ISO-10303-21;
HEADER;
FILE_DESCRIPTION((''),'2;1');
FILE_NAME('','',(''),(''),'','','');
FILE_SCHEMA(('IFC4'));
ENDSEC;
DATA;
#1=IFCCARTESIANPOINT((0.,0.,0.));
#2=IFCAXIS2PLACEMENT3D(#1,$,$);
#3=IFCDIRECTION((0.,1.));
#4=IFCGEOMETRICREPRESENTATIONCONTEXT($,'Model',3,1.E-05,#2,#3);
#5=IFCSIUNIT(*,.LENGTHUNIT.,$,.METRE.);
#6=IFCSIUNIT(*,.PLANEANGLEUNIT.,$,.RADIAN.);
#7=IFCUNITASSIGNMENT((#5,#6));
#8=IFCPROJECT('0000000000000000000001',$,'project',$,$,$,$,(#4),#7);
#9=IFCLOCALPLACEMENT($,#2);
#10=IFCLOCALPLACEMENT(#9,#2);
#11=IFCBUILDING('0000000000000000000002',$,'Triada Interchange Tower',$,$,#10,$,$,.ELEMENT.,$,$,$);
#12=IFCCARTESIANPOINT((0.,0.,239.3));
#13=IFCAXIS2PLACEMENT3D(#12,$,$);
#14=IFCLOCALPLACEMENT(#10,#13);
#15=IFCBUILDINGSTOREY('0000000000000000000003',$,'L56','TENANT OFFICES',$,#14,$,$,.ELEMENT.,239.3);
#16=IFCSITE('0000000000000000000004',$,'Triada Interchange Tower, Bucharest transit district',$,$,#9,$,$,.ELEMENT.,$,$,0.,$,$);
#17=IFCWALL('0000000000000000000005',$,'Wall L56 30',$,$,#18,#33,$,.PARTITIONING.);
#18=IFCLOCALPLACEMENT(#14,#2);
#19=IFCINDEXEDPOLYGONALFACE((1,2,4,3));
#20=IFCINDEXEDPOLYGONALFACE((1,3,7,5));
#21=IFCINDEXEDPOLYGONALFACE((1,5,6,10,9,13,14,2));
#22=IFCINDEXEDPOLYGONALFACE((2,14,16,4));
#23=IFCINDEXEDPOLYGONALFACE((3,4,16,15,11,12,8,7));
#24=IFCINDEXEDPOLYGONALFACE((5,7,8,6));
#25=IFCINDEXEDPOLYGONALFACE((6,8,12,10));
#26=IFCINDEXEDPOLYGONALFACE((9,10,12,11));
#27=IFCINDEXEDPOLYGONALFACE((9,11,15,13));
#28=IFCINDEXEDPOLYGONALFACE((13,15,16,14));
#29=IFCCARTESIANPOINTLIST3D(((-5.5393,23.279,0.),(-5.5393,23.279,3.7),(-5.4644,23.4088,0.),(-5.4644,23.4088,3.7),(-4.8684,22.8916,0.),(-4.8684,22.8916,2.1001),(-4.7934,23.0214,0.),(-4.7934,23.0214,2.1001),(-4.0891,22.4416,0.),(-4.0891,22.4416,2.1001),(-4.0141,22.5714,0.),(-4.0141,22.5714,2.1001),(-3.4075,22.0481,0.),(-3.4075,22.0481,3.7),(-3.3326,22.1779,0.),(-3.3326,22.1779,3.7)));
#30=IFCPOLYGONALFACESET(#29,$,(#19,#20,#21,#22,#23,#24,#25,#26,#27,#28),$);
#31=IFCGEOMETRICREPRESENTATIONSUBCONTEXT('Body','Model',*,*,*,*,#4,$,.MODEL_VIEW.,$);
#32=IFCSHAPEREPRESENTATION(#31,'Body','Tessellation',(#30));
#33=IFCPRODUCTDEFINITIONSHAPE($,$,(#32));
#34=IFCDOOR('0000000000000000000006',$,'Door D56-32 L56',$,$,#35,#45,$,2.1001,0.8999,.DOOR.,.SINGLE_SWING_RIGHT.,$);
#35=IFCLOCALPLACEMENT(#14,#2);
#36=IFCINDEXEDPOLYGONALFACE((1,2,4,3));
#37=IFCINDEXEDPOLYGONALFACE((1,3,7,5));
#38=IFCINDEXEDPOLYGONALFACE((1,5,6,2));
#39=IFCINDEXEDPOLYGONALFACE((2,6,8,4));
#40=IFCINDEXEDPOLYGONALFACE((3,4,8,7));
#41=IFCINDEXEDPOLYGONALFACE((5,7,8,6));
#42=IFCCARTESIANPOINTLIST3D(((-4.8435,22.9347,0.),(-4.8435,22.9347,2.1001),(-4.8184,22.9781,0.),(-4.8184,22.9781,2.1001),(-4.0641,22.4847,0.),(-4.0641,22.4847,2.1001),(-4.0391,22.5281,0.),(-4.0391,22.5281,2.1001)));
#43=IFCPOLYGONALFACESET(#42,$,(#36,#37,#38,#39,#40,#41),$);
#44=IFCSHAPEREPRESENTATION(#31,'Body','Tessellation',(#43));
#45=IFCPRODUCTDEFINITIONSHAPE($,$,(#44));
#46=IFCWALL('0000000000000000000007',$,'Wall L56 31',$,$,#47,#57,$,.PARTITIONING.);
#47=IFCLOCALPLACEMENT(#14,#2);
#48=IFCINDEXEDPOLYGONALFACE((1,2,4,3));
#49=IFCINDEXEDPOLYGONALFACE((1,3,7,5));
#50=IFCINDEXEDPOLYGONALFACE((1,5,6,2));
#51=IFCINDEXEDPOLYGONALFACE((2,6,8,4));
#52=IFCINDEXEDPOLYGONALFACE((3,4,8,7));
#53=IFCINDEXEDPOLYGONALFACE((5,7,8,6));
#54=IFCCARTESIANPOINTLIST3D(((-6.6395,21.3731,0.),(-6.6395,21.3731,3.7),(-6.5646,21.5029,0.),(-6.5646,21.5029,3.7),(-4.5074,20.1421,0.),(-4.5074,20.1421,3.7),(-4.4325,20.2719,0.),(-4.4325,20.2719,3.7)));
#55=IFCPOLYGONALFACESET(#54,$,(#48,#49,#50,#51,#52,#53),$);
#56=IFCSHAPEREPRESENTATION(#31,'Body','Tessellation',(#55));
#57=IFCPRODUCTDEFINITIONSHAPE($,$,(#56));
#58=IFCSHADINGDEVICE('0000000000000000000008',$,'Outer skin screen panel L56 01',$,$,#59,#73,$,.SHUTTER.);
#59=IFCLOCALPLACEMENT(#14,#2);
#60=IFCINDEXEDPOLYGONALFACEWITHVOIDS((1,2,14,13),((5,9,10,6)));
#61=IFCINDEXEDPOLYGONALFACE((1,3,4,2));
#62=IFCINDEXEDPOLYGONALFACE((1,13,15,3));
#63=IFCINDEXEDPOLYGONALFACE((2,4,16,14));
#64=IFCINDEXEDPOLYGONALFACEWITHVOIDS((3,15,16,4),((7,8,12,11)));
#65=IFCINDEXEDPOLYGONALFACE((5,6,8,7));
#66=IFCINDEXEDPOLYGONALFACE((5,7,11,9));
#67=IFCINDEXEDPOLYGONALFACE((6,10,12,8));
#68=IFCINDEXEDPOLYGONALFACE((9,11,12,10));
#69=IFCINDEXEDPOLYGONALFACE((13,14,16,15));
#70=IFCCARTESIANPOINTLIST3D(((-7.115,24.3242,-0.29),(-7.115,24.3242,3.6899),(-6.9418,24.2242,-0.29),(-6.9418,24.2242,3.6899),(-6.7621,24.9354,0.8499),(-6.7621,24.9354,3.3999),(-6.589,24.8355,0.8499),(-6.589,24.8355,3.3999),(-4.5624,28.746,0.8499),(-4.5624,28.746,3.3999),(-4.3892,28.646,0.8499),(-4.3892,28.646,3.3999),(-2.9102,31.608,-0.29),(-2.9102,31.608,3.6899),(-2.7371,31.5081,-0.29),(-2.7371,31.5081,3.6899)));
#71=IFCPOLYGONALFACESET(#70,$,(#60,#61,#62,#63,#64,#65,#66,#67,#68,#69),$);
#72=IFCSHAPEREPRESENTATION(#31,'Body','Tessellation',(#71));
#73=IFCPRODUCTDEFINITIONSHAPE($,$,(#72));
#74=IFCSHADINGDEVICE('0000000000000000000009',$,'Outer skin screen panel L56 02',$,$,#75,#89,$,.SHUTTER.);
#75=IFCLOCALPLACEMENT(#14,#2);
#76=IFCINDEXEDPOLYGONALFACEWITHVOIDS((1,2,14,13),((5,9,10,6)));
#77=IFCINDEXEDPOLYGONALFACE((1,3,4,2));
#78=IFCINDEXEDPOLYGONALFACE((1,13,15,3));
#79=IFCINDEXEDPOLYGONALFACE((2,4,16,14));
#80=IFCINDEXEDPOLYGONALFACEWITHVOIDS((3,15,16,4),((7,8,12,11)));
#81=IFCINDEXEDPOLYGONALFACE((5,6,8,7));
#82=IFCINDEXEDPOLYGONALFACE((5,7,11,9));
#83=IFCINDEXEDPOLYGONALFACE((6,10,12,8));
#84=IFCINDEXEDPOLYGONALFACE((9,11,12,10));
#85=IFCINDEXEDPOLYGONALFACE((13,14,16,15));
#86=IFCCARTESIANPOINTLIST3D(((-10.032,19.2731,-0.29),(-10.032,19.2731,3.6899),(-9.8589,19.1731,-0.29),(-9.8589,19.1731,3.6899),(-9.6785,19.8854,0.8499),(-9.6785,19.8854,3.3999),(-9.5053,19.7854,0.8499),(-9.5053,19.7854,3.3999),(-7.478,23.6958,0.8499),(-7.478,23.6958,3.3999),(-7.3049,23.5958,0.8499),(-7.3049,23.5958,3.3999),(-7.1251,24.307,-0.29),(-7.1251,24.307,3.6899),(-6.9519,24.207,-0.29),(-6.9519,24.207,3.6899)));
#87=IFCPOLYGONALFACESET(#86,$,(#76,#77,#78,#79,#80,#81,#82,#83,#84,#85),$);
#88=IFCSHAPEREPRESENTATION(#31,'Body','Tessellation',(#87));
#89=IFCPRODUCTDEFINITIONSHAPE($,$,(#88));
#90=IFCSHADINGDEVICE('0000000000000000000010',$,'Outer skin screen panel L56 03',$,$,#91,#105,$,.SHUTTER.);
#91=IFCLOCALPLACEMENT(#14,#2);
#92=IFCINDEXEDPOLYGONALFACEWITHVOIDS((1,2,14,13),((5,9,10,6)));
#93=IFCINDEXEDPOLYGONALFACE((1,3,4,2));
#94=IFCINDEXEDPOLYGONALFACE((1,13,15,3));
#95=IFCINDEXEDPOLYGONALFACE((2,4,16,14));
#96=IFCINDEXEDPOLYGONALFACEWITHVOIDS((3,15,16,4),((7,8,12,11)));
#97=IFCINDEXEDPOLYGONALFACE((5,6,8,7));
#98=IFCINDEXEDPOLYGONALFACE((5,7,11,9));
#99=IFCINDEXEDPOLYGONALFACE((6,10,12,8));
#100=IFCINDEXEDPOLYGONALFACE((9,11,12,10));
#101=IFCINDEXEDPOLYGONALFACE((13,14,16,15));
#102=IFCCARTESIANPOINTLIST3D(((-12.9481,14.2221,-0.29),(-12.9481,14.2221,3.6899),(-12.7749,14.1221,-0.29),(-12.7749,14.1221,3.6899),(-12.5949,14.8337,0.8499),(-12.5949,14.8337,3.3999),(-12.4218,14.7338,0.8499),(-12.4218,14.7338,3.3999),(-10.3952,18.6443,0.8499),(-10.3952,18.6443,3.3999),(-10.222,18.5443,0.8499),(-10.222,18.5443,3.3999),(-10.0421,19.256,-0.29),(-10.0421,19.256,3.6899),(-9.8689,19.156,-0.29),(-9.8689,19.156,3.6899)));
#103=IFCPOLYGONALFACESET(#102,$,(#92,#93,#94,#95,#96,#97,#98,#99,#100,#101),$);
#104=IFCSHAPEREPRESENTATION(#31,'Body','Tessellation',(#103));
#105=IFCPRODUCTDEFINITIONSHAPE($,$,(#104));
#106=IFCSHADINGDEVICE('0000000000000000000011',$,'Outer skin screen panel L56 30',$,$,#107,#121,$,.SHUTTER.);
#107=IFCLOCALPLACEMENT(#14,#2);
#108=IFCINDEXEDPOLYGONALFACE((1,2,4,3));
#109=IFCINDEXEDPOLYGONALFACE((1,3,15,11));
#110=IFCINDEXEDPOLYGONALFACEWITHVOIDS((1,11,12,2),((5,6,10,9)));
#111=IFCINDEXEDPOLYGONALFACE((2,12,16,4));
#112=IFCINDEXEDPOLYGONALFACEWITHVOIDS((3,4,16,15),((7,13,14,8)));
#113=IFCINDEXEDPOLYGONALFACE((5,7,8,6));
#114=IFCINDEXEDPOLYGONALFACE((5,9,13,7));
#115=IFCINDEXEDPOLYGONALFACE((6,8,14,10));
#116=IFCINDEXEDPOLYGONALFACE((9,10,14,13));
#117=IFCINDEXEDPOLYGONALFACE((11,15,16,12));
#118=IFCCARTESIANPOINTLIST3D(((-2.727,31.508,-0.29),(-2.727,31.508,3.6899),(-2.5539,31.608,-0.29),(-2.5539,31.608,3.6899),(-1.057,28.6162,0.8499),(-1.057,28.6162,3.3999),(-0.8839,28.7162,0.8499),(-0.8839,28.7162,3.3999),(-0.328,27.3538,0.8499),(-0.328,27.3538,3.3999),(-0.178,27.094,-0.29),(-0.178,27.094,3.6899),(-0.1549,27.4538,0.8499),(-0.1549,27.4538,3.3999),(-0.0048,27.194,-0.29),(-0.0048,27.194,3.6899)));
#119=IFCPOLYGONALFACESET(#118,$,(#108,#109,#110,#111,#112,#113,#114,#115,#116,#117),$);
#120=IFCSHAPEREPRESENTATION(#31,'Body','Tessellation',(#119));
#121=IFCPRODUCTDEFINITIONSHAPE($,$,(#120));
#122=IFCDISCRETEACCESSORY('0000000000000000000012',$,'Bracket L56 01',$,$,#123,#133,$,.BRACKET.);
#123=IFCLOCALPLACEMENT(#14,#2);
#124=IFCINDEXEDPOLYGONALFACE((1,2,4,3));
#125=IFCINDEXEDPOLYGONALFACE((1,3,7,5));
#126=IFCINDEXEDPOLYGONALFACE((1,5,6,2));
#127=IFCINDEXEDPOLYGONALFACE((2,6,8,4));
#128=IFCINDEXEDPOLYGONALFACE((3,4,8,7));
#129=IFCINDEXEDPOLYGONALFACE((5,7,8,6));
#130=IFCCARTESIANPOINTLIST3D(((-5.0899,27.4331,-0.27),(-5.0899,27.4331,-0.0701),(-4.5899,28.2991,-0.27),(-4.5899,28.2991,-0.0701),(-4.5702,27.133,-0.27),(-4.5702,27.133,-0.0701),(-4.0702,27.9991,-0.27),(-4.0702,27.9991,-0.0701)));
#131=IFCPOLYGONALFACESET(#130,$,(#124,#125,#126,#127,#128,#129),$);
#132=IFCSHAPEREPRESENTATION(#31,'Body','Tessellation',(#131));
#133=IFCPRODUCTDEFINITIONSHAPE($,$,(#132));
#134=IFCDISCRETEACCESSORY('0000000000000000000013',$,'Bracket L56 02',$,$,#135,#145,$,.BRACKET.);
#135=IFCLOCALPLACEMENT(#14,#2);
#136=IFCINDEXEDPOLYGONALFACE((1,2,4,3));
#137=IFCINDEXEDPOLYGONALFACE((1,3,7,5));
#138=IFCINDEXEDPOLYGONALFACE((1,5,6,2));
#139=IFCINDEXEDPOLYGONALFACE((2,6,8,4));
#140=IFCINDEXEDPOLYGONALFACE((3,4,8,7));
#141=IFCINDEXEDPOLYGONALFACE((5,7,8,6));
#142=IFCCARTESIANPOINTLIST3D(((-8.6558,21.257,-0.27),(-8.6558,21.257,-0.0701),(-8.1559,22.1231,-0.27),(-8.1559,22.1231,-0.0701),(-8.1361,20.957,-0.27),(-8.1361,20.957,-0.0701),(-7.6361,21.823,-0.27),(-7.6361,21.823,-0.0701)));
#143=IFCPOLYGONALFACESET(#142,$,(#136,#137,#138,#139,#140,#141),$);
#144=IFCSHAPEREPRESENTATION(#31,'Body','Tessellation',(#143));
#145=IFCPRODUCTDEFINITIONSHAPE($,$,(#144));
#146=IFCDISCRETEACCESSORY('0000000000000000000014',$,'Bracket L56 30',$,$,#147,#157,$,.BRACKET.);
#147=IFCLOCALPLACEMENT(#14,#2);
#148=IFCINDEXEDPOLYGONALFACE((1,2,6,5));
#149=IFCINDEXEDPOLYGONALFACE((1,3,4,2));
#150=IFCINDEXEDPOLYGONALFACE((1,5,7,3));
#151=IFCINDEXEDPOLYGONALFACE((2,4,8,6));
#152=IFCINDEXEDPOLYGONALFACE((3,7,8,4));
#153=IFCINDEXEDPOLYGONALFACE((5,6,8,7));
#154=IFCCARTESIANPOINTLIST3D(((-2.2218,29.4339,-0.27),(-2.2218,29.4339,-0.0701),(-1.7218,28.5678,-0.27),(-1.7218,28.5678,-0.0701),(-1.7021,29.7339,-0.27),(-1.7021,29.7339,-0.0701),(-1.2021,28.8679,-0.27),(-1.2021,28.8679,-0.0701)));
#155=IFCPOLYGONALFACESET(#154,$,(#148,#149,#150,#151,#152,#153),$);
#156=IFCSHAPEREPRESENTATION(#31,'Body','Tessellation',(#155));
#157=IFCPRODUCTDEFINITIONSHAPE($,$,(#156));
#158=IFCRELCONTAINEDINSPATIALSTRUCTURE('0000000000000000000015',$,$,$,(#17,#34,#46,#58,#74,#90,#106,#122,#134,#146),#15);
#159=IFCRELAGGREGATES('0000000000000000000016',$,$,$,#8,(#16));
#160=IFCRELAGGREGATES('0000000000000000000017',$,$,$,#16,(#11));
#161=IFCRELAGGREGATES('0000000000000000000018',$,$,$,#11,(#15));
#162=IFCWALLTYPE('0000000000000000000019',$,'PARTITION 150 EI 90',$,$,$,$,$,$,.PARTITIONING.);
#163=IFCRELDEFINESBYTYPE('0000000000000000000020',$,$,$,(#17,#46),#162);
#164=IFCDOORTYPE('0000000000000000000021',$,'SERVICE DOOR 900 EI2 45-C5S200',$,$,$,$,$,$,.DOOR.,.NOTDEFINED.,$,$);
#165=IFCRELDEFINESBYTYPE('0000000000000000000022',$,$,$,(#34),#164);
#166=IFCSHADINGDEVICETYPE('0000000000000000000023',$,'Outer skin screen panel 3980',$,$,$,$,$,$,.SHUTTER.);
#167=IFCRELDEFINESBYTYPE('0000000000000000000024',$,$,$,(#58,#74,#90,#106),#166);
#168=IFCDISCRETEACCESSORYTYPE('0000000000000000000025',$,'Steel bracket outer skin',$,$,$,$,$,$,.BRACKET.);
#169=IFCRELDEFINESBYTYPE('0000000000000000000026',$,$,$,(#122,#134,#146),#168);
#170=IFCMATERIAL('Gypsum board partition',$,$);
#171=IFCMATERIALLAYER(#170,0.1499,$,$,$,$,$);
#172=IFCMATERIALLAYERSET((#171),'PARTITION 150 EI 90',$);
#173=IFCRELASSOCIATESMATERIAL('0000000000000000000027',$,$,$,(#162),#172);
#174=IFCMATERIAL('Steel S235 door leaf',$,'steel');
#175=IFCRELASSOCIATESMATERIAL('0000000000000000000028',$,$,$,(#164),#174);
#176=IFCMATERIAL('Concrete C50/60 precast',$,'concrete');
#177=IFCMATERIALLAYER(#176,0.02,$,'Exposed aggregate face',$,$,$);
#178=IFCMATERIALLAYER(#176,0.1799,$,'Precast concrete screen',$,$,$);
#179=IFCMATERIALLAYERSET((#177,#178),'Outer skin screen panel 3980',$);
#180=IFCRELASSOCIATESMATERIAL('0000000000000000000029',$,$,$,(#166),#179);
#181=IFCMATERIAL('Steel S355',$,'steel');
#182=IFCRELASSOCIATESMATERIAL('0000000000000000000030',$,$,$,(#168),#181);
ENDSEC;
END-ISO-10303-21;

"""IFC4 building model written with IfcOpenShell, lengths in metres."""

from ifc_helpers import new_model, si_unit, direction, frame, frame_2d, origin, origin_2d, place, context, subcontext, project, spatial, polyline, rectangle, outline, extrude, material, layer, layer_set, type_object, element, fill, save


model = new_model("IFC4")

# Units and contexts
model_context = context("Model", 3, precision=1e-05, world=origin(), true_north=direction((0.0, 1.0)))
body_context = subcontext(model_context, "Body", "Model", "MODEL_VIEW")
ifc_project = project(units=[si_unit("LENGTHUNIT", "METRE"), si_unit("PLANEANGLEUNIT", "RADIAN")], contexts=[model_context])

# Site, building, storey
site_placement = place(None, origin())
site = spatial("IfcSite", under=ifc_project, at=site_placement, Name="Triada Interchange Tower, Bucharest transit district", CompositionType="ELEMENT", RefElevation=0.0)
building_placement = place(site_placement, origin())
building = spatial("IfcBuilding", under=site, at=building_placement, Name="Triada Interchange Tower", CompositionType="ELEMENT")
storey_placement = place(building_placement, frame((0.0, 0.0, 239.3)))
storey = spatial("IfcBuildingStorey", under=building, at=storey_placement, Name="L56", Description="TENANT OFFICES", CompositionType="ELEMENT", Elevation=239.3)

# Wall, opening, door
ifc_material_1 = material(Name="Gypsum board partition")
ifc_layer_1 = layer(ifc_material_1, 0.1499)
ifc_layer_set_1 = layer_set([ifc_layer_1], Name="PARTITION 150 EI 90")
wall_type_1 = type_object("IfcWallType", Name="PARTITION 150 EI 90", PredefinedType="PARTITIONING", material=ifc_layer_set_1)
wall_1_placement = place(storey_placement, frame((-5.502, 23.344, 0.0), z_axis=(0.0, 0.0, 1.0), x_axis=(0.866001, -0.500043, 0.0)))
wall_1 = element("IfcWall", 1, at=wall_1_placement, inside=storey, type_object=wall_type_1, Name="Wall L56 30", PredefinedType="PARTITIONING", context=body_context, shape_type="SweptSolid", body=[
    extrude(rectangle(XDim=2.4617, YDim=0.1499, at=frame_2d((1.231, 0.0))), origin(), (0.0, 0.0, 1.0), 3.7),
])
opening_1_placement = place(wall_1_placement, frame((0.7749, 0.0, 0.0)))
opening_1 = element("IfcOpeningElement", 2, at=opening_1_placement, cuts=wall_1, PredefinedType="OPENING", context=body_context, shape_type="SweptSolid", body=[
    extrude(rectangle(XDim=0.8999, YDim=2.1001, at=frame_2d((0.45, 1.05))), frame((0.0, 0.085, 0.0), z_axis=(0.0, -1.0, 0.0), x_axis=(1.0, 0.0, 0.0)), (0.0, 0.0, 1.0), 0.1699),
])
ifc_material_2 = material(Name="Steel S235 door leaf", Category="steel")
door_type = type_object("IfcDoorType", Name="SERVICE DOOR 900 EI2 45-C5S200", OperationType="NOTDEFINED", PredefinedType="DOOR", material=ifc_material_2)
door_placement = place(opening_1_placement, origin())
door = element("IfcDoor", 3, at=door_placement, inside=storey, type_object=door_type, Name="Door D56-32 L56", OperationType="SINGLE_SWING_RIGHT", OverallHeight=2.1001, OverallWidth=0.8999, PredefinedType="DOOR", context=body_context, shape_type="SweptSolid", body=[
    extrude(rectangle(XDim=0.8999, YDim=2.1001, at=frame_2d((0.45, 1.05))), frame((0.0, 0.0249, 0.0), z_axis=(0.0, -1.0, 0.0), x_axis=(1.0, 0.0, 0.0)), (0.0, 0.0, 1.0), 0.05),
])
fill(opening_1, door)

# Wall
wall_2_placement = place(storey_placement, frame((-6.6021, 21.438, 0.0), z_axis=(0.0, 0.0, 1.0), x_axis=(0.866025, -0.5, 0.0)))
element("IfcWall", 4, at=wall_2_placement, inside=storey, type_object=wall_type_1, Name="Wall L56 31", PredefinedType="PARTITIONING", context=body_context, shape_type="SweptSolid", body=[
    extrude(rectangle(XDim=2.4619, YDim=0.1499, at=frame_2d((1.231, 0.0))), origin(), (0.0, 0.0, 1.0), 3.7),
])

# Shading devices
ifc_material_3 = material(Name="Concrete C50/60 precast", Category="concrete")
ifc_layer_2 = layer(ifc_material_3, 0.02, Name="Exposed aggregate face")
ifc_layer_3 = layer(ifc_material_3, 0.1799, Name="Precast concrete screen")
ifc_layer_set_2 = layer_set([ifc_layer_2, ifc_layer_3], Name="Outer skin screen panel 3980")
shading_device_type = type_object("IfcShadingDeviceType", Name="Outer skin screen panel 3980", PredefinedType="SHUTTER", material=ifc_layer_set_2)
shading_device_1_placement = place(storey_placement, frame((-2.7371, 31.5081, -0.29), z_axis=(0.0, 0.0, 1.0), x_axis=(-0.499951, -0.866054, 0.0)))
element("IfcShadingDevice", 5, at=shading_device_1_placement, inside=storey, type_object=shading_device_type, Name="Outer skin screen panel L56 01", PredefinedType="SHUTTER", context=body_context, shape_type="SweptSolid", body=[
    extrude(outline(polyline([(0.0, 0.0), (8.4104, 0.0), (8.4104, 3.98), (0.0, 3.98), (0.0, 0.0)]), holes=[polyline([(3.3047, 1.1399), (3.3047, 3.6899), (7.7046, 3.6899), (7.7046, 1.1399), (3.3047, 1.1399)])]), frame((0.0, 0.0, 0.0), z_axis=(0.0, -1.0, 0.0), x_axis=(1.0, 0.0, 0.0)), (0.0, 0.0, 1.0), 0.2),
])
shading_device_2_placement = place(storey_placement, frame((-6.9519, 24.207, -0.29), z_axis=(0.0, 0.0, 1.0), x_axis=(-0.500082, -0.865978, 0.0)))
element("IfcShadingDevice", 6, at=shading_device_2_placement, inside=storey, type_object=shading_device_type, Name="Outer skin screen panel L56 02", PredefinedType="SHUTTER", context=body_context, shape_type="SweptSolid", body=[
    extrude(outline(polyline([(0.0, 0.0), (5.813, 0.0), (5.813, 3.98), (0.0, 3.98), (0.0, 0.0)]), holes=[polyline([(0.7058, 1.1399), (0.7058, 3.6899), (5.106, 3.6899), (5.106, 1.1399), (0.7058, 1.1399)])]), frame((0.0, 0.0, 0.0), z_axis=(0.0, -1.0, 0.0), x_axis=(1.0, 0.0, 0.0)), (0.0, 0.0, 1.0), 0.2),
])
shading_device_3_placement = place(storey_placement, frame((-9.8689, 19.156, -0.29), z_axis=(0.0, 0.0, 1.0), x_axis=(-0.499956, -0.866051, 0.0)))
element("IfcShadingDevice", 7, at=shading_device_3_placement, inside=storey, type_object=shading_device_type, Name="Outer skin screen panel L56 03", PredefinedType="SHUTTER", context=body_context, shape_type="SweptSolid", body=[
    extrude(outline(polyline([(0.0, 0.0), (5.8125, 0.0), (5.8125, 3.98), (0.0, 3.98), (0.0, 0.0)]), holes=[polyline([(0.7063, 1.1399), (0.7063, 3.6899), (5.1062, 3.6899), (5.1062, 1.1399), (0.7063, 1.1399)])]), frame((0.0, 0.0, 0.0), z_axis=(0.0, -1.0, 0.0), x_axis=(1.0, 0.0, 0.0)), (0.0, 0.0, 1.0), 0.2),
])
shading_device_4_placement = place(storey_placement, frame((-0.178, 27.094, -0.29), z_axis=(0.0, 0.0, 1.0), x_axis=(-0.50009, 0.865973, 0.0)))
element("IfcShadingDevice", 8, at=shading_device_4_placement, inside=storey, type_object=shading_device_type, Name="Outer skin screen panel L56 30", PredefinedType="SHUTTER", context=body_context, shape_type="SweptSolid", body=[
    extrude(outline(polyline([(0.0, 0.0), (5.0972, 0.0), (5.0972, 3.98), (0.0, 3.98), (0.0, 0.0)]), holes=[polyline([(0.3, 1.1399), (0.3, 3.6899), (1.7578, 3.6899), (1.7578, 1.1399), (0.3, 1.1399)])]), frame((0.0, 0.0, 0.0), z_axis=(0.0, -1.0, 0.0), x_axis=(1.0, 0.0, 0.0)), (0.0, 0.0, 1.0), 0.2),
])

# Discrete accessories
ifc_material_4 = material(Name="Steel S355", Category="steel")
discrete_accessory_type = type_object("IfcDiscreteAccessoryType", Name="Steel bracket outer skin", PredefinedType="BRACKET", material=ifc_material_4)
for number, where, z_axis, x_axis, name in (
    (9, (-4.5801, 27.7161, -0.27), (0.0, 0.0, 1.0), (-0.86603, 0.499991, 0.0), "Bracket L56 01"),
    (10, (-8.146, 21.54, -0.27), (0.0, 0.0, 1.0), (-0.86603, 0.499991, 0.0), "Bracket L56 02"),
    (11, (-1.7119, 29.1509, -0.27), (0.0, 0.0, 1.0), (0.866027, 0.499997, 0.0), "Bracket L56 30"),
):
    element("IfcDiscreteAccessory", number, at=place(storey_placement, frame(where, z_axis=z_axis, x_axis=x_axis)), inside=storey, type_object=discrete_accessory_type, Name=name, PredefinedType="BRACKET", context=body_context, shape_type="SweptSolid", body=[
        extrude(rectangle(XDim=0.6001, YDim=1.0, at=origin_2d()), origin(), (0.0, 0.0, 1.0), 0.2),
    ])

save(model, "model.ifc")
